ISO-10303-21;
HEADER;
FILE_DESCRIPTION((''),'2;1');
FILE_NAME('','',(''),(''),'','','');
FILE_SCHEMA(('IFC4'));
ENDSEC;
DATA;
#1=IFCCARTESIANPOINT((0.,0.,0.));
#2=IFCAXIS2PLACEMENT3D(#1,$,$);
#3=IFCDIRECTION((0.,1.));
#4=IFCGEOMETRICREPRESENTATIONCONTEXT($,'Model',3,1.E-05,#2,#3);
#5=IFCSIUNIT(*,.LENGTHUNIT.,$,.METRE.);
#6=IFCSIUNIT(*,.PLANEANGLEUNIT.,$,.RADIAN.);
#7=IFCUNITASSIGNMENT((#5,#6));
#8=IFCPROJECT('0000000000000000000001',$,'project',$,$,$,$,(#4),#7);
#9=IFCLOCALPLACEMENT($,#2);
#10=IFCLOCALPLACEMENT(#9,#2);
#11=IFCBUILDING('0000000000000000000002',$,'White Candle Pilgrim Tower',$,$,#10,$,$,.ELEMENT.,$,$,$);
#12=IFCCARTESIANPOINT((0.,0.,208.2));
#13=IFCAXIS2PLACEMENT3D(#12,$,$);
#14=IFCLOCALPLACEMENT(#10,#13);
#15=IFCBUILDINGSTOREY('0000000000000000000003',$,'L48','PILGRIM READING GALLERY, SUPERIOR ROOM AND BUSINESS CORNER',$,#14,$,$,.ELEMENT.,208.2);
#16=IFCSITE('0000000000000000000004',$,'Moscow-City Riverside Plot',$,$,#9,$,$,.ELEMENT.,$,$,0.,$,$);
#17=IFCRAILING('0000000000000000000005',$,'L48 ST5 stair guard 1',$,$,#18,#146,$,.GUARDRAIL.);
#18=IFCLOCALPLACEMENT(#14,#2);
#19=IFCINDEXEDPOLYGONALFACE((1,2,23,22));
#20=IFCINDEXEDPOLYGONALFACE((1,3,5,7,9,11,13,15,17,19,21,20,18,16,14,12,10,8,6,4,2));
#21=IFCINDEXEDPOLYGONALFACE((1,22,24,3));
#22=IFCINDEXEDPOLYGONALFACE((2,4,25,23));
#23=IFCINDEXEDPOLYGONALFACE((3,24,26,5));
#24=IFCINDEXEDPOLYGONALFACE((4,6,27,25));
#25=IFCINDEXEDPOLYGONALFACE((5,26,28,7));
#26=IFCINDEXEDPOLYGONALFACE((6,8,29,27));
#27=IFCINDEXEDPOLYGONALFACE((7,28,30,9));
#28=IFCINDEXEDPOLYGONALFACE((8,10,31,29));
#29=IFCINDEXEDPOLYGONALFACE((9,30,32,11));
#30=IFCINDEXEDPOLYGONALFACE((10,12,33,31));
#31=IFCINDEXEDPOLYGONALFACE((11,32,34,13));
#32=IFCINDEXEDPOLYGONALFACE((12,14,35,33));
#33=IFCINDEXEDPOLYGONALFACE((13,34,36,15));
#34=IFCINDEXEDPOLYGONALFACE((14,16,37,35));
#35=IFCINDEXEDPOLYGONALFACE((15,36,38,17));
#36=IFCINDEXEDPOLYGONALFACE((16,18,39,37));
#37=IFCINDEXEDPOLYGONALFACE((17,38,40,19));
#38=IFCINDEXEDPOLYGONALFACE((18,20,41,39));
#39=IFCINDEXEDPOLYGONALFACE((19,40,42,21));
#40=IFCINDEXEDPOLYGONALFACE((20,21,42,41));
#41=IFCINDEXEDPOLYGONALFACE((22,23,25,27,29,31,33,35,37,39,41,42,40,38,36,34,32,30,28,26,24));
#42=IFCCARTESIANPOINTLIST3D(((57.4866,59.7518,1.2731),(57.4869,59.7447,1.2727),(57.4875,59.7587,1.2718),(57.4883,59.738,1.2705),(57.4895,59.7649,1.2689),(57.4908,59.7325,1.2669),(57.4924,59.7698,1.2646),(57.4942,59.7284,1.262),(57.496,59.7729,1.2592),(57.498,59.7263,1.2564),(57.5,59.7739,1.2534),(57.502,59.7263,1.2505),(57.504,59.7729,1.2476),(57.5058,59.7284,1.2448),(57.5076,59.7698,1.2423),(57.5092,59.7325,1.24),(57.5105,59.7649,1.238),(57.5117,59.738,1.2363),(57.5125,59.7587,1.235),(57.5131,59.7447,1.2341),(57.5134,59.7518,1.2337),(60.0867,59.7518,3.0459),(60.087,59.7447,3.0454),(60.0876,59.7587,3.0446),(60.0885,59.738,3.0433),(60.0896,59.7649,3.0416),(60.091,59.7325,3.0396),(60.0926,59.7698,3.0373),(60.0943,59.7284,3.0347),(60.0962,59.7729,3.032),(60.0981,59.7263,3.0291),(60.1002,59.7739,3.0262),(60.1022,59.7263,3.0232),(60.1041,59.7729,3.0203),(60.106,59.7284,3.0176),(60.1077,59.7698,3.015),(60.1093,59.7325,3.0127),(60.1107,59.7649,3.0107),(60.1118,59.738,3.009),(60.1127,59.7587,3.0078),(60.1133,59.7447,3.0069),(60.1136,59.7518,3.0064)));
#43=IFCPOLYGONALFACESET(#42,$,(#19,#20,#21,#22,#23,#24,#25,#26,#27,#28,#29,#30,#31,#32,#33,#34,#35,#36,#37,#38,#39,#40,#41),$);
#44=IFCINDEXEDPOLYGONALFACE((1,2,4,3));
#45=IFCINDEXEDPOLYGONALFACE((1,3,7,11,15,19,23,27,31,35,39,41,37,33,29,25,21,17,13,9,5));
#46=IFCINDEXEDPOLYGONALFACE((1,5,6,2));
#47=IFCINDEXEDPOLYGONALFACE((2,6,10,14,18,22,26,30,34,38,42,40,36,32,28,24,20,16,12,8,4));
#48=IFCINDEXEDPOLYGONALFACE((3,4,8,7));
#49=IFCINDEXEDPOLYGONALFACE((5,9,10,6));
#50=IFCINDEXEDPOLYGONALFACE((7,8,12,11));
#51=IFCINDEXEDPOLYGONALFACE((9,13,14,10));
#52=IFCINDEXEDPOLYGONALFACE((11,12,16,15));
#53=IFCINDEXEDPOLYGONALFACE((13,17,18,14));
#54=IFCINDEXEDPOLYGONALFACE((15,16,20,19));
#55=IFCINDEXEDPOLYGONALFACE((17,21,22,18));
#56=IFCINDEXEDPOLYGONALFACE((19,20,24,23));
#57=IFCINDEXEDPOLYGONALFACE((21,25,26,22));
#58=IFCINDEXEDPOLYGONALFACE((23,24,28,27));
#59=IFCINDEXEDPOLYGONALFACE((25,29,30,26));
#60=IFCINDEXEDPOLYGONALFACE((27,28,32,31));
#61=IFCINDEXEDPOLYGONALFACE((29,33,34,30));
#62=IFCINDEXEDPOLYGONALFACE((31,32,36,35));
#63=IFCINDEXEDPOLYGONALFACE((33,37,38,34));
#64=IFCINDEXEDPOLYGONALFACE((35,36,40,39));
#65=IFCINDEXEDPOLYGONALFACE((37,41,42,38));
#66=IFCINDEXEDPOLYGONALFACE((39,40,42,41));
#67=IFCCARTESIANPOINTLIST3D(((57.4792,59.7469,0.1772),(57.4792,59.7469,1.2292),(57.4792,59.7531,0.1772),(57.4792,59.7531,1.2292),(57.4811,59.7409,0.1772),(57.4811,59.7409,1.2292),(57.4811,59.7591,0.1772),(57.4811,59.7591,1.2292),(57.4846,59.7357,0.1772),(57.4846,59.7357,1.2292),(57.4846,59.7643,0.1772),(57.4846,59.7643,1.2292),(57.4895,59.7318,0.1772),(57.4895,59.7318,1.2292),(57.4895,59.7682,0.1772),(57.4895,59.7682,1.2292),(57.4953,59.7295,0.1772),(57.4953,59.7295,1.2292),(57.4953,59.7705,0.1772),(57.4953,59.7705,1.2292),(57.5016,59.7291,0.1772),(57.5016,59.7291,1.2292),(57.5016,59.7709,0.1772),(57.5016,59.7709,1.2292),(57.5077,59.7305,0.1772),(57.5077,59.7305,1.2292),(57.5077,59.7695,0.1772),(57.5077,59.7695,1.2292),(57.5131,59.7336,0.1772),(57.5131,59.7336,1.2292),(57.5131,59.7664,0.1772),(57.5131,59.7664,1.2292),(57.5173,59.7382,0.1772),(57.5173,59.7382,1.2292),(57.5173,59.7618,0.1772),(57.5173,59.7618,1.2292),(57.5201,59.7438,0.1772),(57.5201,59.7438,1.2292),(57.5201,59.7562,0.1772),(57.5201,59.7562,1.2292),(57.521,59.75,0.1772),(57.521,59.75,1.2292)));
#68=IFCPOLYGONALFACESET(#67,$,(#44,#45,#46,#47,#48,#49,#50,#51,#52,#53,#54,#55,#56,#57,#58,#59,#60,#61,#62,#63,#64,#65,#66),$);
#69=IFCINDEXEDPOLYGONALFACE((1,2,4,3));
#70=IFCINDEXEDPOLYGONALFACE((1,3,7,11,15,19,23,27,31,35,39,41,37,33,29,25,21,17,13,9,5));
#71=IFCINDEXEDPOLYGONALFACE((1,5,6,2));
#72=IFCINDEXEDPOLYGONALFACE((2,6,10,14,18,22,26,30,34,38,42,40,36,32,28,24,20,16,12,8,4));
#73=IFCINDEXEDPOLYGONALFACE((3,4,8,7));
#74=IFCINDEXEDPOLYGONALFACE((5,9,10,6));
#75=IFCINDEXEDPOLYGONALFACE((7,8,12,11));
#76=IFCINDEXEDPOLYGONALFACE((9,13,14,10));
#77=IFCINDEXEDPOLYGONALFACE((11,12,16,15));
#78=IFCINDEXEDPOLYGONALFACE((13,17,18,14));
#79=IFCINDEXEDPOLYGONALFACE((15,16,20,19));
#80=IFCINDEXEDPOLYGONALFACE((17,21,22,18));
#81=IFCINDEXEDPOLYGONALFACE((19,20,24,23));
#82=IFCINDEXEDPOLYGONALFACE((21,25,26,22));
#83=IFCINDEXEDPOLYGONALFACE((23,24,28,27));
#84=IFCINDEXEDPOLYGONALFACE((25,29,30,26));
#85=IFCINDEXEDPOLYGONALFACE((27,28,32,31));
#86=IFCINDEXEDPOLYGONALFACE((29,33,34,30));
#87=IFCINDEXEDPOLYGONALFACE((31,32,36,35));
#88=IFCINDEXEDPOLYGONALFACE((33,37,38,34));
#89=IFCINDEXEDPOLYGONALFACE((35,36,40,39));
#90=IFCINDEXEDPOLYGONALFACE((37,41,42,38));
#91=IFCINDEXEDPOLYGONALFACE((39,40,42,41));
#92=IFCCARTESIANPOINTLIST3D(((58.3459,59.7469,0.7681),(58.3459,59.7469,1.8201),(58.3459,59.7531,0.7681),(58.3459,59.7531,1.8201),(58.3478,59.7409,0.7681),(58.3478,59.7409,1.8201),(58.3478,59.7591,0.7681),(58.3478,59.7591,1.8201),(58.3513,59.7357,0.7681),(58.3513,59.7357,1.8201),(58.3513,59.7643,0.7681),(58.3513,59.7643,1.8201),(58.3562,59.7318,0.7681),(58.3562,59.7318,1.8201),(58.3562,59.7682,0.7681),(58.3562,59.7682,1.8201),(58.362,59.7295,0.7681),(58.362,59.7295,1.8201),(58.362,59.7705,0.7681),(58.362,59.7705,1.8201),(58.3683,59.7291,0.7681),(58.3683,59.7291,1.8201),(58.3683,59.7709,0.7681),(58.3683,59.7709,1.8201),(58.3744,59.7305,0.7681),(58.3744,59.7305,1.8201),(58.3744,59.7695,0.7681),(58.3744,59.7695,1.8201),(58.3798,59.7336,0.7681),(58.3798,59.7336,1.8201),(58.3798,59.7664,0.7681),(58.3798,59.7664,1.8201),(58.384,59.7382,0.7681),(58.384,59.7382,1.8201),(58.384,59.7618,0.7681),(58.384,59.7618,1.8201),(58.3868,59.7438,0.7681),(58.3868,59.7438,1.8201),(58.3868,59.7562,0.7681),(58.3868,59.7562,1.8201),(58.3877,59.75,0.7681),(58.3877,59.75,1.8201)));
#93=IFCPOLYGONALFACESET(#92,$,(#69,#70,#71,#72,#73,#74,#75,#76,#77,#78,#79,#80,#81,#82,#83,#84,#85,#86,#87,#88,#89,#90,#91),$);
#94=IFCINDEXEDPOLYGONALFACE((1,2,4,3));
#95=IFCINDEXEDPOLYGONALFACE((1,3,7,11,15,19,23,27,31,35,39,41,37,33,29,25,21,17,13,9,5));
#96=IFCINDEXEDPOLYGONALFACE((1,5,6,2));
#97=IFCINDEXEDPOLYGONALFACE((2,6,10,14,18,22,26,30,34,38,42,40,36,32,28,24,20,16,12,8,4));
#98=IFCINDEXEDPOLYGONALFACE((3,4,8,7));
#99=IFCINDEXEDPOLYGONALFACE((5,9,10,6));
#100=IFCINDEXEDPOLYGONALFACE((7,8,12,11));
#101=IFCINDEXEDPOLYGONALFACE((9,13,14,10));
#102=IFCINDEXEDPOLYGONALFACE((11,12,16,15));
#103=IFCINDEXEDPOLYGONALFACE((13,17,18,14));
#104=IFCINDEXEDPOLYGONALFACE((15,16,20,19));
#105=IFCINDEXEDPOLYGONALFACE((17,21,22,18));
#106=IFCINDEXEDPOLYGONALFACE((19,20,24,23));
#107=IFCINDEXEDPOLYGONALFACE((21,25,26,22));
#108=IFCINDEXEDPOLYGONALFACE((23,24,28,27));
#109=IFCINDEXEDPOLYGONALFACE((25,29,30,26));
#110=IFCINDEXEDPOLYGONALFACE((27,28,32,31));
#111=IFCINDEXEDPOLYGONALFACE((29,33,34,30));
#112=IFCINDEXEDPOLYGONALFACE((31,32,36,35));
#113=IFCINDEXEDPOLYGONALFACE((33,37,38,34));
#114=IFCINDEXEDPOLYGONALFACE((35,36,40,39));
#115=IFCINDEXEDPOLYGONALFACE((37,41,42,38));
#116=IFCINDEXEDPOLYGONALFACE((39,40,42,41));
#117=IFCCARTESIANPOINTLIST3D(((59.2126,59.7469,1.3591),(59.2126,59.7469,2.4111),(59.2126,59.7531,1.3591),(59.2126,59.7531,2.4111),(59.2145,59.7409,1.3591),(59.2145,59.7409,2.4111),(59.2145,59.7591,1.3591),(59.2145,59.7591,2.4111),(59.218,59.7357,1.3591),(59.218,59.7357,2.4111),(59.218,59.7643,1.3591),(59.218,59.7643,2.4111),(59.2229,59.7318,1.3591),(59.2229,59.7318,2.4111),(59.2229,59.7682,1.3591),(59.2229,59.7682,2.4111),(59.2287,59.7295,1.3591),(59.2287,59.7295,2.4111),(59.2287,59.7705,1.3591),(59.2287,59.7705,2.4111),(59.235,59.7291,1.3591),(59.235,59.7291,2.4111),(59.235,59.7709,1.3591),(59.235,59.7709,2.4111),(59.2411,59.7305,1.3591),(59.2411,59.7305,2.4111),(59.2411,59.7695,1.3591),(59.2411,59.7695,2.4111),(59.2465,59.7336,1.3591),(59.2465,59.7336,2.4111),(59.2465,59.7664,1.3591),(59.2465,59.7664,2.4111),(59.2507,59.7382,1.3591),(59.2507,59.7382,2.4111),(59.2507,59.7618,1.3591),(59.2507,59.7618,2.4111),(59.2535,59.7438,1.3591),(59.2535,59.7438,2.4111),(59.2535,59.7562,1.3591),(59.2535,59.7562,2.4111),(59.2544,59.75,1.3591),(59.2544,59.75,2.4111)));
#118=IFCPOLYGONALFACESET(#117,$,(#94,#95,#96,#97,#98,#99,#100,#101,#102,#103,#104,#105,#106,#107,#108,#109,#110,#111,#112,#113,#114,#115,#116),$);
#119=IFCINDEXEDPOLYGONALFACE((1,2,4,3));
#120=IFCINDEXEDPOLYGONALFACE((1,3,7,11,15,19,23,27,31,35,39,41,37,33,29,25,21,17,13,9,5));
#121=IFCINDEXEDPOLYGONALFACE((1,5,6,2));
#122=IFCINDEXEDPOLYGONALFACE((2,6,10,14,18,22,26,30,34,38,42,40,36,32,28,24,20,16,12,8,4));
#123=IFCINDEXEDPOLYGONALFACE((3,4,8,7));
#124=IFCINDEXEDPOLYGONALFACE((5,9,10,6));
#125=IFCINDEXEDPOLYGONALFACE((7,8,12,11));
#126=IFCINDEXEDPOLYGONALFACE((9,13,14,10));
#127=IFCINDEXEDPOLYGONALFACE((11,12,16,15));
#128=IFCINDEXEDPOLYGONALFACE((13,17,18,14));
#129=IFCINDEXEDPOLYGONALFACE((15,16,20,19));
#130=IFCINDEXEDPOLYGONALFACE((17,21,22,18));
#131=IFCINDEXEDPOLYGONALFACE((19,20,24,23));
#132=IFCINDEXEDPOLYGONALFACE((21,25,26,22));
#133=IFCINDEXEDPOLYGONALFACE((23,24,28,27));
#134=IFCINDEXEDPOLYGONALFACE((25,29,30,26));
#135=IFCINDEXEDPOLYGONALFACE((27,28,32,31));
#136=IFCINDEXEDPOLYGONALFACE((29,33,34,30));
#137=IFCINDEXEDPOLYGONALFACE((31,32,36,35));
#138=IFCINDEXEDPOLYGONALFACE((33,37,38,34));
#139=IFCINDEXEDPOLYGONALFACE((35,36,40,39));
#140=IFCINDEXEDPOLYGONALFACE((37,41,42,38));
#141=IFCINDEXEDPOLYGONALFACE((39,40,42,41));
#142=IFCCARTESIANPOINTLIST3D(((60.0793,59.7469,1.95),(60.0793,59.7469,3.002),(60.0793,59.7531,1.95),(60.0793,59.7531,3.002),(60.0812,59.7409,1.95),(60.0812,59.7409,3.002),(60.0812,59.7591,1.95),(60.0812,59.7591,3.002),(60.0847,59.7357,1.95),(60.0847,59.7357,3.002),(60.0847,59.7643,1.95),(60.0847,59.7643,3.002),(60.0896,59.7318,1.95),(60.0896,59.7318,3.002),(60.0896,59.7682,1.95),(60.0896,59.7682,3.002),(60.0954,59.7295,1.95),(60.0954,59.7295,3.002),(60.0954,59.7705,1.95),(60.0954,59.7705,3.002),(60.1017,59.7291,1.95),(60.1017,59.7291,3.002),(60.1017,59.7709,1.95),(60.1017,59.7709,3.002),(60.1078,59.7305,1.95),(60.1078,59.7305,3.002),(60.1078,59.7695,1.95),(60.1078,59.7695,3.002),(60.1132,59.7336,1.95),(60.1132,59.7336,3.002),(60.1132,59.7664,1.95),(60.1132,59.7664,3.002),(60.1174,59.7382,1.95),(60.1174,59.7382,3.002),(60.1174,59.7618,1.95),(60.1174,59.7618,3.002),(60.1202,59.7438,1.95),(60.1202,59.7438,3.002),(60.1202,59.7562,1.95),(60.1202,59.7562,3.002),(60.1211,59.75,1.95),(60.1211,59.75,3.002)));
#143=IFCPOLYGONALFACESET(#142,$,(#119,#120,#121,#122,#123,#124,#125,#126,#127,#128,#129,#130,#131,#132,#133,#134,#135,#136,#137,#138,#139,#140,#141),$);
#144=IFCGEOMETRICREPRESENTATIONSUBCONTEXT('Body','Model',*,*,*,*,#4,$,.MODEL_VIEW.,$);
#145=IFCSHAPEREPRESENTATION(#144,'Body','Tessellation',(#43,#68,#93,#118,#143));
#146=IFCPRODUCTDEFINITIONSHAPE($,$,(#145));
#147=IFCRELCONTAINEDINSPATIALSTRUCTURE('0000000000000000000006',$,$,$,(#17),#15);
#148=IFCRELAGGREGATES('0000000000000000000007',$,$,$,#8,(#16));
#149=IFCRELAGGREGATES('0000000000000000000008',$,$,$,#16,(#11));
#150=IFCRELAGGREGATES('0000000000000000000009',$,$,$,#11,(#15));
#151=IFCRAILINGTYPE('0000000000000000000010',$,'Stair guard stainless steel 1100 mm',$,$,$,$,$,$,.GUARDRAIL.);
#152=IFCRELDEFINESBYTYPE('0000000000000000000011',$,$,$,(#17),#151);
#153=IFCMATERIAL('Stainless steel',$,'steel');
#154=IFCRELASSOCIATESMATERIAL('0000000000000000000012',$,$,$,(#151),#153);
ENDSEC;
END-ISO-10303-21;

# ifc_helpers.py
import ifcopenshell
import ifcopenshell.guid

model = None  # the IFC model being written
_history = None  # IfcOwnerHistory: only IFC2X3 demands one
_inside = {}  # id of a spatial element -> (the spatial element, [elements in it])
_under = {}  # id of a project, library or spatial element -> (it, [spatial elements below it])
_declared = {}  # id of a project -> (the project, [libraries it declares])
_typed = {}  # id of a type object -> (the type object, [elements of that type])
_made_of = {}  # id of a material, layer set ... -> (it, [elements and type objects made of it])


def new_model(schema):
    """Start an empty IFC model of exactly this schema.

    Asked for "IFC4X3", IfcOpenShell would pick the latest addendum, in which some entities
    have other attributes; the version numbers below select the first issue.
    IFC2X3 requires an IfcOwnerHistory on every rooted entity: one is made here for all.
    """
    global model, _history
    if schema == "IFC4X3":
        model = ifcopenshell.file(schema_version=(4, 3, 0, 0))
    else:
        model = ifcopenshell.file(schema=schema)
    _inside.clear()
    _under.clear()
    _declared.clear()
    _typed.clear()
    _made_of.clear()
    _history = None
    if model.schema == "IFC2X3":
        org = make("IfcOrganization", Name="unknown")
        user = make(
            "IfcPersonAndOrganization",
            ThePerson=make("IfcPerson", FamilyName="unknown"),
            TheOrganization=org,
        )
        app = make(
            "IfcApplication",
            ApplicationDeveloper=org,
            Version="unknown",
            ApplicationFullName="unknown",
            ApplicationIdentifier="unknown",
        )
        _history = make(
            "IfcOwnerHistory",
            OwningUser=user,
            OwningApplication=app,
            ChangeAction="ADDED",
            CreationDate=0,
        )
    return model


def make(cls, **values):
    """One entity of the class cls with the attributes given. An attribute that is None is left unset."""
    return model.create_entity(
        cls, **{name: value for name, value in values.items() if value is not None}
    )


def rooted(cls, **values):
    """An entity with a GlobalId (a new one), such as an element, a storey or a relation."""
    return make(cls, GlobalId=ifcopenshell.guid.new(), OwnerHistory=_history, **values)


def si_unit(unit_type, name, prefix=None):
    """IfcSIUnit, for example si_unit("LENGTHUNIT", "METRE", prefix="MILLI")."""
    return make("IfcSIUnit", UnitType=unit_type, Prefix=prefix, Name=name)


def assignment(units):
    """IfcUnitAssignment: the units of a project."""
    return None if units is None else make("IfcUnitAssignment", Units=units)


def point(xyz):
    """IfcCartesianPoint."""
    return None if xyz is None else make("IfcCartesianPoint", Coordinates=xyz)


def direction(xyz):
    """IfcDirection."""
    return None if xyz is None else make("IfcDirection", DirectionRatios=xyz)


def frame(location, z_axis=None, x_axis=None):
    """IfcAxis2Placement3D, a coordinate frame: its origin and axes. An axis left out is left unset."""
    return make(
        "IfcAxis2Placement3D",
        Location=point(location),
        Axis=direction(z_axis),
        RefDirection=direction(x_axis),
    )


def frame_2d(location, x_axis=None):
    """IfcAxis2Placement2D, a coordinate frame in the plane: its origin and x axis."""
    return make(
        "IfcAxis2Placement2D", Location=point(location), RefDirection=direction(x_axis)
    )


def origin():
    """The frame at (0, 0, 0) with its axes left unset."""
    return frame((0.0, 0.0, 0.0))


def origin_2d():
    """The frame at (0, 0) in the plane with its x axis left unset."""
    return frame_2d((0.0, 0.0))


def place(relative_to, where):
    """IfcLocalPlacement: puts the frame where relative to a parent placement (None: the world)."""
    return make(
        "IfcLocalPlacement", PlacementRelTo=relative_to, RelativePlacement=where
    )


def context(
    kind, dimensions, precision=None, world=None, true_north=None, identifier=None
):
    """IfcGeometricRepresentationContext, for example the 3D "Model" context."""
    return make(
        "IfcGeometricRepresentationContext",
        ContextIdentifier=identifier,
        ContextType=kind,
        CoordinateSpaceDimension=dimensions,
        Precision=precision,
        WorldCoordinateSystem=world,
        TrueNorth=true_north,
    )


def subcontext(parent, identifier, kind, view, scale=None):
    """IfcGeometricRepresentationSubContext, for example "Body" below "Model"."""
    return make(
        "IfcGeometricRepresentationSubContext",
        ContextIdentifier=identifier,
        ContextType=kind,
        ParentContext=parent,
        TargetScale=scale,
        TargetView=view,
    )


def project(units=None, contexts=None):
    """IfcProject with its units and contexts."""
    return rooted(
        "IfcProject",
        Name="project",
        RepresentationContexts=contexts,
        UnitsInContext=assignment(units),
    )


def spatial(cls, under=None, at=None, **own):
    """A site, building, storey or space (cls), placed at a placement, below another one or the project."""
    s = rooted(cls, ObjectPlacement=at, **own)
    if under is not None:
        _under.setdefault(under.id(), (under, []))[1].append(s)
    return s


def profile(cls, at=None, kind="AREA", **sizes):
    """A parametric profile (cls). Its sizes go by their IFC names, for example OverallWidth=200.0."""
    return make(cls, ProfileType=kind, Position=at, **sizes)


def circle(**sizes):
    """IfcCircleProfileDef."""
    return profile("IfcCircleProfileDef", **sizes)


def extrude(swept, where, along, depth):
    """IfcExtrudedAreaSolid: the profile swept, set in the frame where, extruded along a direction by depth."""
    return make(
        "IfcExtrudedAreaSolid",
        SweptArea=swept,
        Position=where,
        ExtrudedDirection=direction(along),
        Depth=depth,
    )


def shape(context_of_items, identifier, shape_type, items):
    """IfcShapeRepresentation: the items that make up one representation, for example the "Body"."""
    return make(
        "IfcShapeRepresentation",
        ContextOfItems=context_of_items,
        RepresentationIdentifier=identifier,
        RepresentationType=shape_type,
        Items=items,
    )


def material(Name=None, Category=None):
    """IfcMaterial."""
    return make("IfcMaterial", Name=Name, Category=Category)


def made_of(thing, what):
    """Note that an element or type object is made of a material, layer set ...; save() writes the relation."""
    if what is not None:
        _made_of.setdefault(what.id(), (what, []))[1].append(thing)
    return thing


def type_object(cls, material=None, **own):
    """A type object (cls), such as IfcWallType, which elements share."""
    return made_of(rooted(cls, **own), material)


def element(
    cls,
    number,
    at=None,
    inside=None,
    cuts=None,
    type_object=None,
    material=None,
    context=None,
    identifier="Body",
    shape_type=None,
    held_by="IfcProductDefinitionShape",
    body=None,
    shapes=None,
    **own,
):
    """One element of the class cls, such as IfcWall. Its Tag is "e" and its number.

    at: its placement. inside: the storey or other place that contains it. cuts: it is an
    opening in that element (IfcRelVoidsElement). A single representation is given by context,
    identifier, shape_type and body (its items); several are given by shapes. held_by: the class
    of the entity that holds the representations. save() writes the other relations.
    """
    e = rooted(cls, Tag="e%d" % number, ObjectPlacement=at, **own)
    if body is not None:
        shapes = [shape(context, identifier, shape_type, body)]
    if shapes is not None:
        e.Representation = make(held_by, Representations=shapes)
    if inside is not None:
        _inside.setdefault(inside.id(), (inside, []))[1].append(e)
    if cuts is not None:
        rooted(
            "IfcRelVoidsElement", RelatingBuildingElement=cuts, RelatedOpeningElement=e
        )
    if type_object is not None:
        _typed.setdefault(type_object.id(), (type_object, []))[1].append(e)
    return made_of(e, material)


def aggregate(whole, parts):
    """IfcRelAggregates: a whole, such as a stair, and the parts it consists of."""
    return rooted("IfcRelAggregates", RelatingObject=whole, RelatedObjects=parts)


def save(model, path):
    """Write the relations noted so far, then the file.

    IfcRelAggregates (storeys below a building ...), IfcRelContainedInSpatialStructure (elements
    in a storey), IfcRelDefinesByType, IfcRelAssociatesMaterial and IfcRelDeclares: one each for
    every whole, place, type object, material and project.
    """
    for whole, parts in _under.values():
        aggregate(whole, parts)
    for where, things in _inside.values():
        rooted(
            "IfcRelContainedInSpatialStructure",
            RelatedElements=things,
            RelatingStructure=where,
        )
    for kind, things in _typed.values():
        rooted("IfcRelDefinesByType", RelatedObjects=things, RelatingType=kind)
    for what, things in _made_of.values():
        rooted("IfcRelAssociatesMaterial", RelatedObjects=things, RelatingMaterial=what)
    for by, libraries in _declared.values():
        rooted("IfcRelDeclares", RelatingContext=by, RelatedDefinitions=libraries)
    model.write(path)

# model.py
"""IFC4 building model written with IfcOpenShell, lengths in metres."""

from ifc_helpers import new_model, si_unit, direction, frame, origin, origin_2d, place, context, subcontext, project, spatial, circle, extrude, material, type_object, element, save


model = new_model("IFC4")

# Units and contexts
model_context = context("Model", 3, precision=1e-05, world=origin(), true_north=direction((0.0, 1.0)))
body_context = subcontext(model_context, "Body", "Model", "MODEL_VIEW")
ifc_project = project(units=[si_unit("LENGTHUNIT", "METRE"), si_unit("PLANEANGLEUNIT", "RADIAN")], contexts=[model_context])

# Site, building, storey
site_placement = place(None, origin())
site = spatial("IfcSite", under=ifc_project, at=site_placement, Name="Moscow-City Riverside Plot", CompositionType="ELEMENT", RefElevation=0.0)
building_placement = place(site_placement, origin())
building = spatial("IfcBuilding", under=site, at=building_placement, Name="White Candle Pilgrim Tower", CompositionType="ELEMENT")
storey_placement = place(building_placement, frame((0.0, 0.0, 208.2)))
storey = spatial("IfcBuildingStorey", under=building, at=storey_placement, Name="L48", Description="PILGRIM READING GALLERY, SUPERIOR ROOM AND BUSINESS CORNER", CompositionType="ELEMENT", Elevation=208.2)

# Railing
ifc_material_1 = material(Name="Stainless steel", Category="steel")
railing_type_1 = type_object("IfcRailingType", Name="Stair guard stainless steel 1100 mm", PredefinedType="GUARDRAIL", material=ifc_material_1)
railing_1_placement = place(storey_placement, frame((57.5, 59.75, 0.1772)))
element("IfcRailing", 1, at=railing_1_placement, inside=storey, type_object=railing_type_1, Name="L48 ST5 stair guard 1", PredefinedType="GUARDRAIL", context=body_context, shape_type="SweptSolid", body=[
    extrude(circle(Radius=0.0239, at=origin_2d()), frame((0.0, 0.0, 1.0762), z_axis=(0.82624, 0.0, 0.563318), x_axis=(0.0, 1.0, 0.0)), (0.0, 0.0, 1.0), 3.147),
    extrude(circle(Radius=0.021, at=origin_2d()), origin(), (0.0, 0.0, 1.0), 1.052),
    extrude(circle(Radius=0.021, at=origin_2d()), frame((0.8667, 0.0, 0.5908)), (0.0, 0.0, 1.0), 1.052),
    extrude(circle(Radius=0.021, at=origin_2d()), frame((1.7334, 0.0, 1.1819)), (0.0, 0.0, 1.0), 1.052),
    extrude(circle(Radius=0.021, at=origin_2d()), frame((2.6001, 0.0, 1.7727)), (0.0, 0.0, 1.0), 1.052),
])

save(model, "model.ifc")
